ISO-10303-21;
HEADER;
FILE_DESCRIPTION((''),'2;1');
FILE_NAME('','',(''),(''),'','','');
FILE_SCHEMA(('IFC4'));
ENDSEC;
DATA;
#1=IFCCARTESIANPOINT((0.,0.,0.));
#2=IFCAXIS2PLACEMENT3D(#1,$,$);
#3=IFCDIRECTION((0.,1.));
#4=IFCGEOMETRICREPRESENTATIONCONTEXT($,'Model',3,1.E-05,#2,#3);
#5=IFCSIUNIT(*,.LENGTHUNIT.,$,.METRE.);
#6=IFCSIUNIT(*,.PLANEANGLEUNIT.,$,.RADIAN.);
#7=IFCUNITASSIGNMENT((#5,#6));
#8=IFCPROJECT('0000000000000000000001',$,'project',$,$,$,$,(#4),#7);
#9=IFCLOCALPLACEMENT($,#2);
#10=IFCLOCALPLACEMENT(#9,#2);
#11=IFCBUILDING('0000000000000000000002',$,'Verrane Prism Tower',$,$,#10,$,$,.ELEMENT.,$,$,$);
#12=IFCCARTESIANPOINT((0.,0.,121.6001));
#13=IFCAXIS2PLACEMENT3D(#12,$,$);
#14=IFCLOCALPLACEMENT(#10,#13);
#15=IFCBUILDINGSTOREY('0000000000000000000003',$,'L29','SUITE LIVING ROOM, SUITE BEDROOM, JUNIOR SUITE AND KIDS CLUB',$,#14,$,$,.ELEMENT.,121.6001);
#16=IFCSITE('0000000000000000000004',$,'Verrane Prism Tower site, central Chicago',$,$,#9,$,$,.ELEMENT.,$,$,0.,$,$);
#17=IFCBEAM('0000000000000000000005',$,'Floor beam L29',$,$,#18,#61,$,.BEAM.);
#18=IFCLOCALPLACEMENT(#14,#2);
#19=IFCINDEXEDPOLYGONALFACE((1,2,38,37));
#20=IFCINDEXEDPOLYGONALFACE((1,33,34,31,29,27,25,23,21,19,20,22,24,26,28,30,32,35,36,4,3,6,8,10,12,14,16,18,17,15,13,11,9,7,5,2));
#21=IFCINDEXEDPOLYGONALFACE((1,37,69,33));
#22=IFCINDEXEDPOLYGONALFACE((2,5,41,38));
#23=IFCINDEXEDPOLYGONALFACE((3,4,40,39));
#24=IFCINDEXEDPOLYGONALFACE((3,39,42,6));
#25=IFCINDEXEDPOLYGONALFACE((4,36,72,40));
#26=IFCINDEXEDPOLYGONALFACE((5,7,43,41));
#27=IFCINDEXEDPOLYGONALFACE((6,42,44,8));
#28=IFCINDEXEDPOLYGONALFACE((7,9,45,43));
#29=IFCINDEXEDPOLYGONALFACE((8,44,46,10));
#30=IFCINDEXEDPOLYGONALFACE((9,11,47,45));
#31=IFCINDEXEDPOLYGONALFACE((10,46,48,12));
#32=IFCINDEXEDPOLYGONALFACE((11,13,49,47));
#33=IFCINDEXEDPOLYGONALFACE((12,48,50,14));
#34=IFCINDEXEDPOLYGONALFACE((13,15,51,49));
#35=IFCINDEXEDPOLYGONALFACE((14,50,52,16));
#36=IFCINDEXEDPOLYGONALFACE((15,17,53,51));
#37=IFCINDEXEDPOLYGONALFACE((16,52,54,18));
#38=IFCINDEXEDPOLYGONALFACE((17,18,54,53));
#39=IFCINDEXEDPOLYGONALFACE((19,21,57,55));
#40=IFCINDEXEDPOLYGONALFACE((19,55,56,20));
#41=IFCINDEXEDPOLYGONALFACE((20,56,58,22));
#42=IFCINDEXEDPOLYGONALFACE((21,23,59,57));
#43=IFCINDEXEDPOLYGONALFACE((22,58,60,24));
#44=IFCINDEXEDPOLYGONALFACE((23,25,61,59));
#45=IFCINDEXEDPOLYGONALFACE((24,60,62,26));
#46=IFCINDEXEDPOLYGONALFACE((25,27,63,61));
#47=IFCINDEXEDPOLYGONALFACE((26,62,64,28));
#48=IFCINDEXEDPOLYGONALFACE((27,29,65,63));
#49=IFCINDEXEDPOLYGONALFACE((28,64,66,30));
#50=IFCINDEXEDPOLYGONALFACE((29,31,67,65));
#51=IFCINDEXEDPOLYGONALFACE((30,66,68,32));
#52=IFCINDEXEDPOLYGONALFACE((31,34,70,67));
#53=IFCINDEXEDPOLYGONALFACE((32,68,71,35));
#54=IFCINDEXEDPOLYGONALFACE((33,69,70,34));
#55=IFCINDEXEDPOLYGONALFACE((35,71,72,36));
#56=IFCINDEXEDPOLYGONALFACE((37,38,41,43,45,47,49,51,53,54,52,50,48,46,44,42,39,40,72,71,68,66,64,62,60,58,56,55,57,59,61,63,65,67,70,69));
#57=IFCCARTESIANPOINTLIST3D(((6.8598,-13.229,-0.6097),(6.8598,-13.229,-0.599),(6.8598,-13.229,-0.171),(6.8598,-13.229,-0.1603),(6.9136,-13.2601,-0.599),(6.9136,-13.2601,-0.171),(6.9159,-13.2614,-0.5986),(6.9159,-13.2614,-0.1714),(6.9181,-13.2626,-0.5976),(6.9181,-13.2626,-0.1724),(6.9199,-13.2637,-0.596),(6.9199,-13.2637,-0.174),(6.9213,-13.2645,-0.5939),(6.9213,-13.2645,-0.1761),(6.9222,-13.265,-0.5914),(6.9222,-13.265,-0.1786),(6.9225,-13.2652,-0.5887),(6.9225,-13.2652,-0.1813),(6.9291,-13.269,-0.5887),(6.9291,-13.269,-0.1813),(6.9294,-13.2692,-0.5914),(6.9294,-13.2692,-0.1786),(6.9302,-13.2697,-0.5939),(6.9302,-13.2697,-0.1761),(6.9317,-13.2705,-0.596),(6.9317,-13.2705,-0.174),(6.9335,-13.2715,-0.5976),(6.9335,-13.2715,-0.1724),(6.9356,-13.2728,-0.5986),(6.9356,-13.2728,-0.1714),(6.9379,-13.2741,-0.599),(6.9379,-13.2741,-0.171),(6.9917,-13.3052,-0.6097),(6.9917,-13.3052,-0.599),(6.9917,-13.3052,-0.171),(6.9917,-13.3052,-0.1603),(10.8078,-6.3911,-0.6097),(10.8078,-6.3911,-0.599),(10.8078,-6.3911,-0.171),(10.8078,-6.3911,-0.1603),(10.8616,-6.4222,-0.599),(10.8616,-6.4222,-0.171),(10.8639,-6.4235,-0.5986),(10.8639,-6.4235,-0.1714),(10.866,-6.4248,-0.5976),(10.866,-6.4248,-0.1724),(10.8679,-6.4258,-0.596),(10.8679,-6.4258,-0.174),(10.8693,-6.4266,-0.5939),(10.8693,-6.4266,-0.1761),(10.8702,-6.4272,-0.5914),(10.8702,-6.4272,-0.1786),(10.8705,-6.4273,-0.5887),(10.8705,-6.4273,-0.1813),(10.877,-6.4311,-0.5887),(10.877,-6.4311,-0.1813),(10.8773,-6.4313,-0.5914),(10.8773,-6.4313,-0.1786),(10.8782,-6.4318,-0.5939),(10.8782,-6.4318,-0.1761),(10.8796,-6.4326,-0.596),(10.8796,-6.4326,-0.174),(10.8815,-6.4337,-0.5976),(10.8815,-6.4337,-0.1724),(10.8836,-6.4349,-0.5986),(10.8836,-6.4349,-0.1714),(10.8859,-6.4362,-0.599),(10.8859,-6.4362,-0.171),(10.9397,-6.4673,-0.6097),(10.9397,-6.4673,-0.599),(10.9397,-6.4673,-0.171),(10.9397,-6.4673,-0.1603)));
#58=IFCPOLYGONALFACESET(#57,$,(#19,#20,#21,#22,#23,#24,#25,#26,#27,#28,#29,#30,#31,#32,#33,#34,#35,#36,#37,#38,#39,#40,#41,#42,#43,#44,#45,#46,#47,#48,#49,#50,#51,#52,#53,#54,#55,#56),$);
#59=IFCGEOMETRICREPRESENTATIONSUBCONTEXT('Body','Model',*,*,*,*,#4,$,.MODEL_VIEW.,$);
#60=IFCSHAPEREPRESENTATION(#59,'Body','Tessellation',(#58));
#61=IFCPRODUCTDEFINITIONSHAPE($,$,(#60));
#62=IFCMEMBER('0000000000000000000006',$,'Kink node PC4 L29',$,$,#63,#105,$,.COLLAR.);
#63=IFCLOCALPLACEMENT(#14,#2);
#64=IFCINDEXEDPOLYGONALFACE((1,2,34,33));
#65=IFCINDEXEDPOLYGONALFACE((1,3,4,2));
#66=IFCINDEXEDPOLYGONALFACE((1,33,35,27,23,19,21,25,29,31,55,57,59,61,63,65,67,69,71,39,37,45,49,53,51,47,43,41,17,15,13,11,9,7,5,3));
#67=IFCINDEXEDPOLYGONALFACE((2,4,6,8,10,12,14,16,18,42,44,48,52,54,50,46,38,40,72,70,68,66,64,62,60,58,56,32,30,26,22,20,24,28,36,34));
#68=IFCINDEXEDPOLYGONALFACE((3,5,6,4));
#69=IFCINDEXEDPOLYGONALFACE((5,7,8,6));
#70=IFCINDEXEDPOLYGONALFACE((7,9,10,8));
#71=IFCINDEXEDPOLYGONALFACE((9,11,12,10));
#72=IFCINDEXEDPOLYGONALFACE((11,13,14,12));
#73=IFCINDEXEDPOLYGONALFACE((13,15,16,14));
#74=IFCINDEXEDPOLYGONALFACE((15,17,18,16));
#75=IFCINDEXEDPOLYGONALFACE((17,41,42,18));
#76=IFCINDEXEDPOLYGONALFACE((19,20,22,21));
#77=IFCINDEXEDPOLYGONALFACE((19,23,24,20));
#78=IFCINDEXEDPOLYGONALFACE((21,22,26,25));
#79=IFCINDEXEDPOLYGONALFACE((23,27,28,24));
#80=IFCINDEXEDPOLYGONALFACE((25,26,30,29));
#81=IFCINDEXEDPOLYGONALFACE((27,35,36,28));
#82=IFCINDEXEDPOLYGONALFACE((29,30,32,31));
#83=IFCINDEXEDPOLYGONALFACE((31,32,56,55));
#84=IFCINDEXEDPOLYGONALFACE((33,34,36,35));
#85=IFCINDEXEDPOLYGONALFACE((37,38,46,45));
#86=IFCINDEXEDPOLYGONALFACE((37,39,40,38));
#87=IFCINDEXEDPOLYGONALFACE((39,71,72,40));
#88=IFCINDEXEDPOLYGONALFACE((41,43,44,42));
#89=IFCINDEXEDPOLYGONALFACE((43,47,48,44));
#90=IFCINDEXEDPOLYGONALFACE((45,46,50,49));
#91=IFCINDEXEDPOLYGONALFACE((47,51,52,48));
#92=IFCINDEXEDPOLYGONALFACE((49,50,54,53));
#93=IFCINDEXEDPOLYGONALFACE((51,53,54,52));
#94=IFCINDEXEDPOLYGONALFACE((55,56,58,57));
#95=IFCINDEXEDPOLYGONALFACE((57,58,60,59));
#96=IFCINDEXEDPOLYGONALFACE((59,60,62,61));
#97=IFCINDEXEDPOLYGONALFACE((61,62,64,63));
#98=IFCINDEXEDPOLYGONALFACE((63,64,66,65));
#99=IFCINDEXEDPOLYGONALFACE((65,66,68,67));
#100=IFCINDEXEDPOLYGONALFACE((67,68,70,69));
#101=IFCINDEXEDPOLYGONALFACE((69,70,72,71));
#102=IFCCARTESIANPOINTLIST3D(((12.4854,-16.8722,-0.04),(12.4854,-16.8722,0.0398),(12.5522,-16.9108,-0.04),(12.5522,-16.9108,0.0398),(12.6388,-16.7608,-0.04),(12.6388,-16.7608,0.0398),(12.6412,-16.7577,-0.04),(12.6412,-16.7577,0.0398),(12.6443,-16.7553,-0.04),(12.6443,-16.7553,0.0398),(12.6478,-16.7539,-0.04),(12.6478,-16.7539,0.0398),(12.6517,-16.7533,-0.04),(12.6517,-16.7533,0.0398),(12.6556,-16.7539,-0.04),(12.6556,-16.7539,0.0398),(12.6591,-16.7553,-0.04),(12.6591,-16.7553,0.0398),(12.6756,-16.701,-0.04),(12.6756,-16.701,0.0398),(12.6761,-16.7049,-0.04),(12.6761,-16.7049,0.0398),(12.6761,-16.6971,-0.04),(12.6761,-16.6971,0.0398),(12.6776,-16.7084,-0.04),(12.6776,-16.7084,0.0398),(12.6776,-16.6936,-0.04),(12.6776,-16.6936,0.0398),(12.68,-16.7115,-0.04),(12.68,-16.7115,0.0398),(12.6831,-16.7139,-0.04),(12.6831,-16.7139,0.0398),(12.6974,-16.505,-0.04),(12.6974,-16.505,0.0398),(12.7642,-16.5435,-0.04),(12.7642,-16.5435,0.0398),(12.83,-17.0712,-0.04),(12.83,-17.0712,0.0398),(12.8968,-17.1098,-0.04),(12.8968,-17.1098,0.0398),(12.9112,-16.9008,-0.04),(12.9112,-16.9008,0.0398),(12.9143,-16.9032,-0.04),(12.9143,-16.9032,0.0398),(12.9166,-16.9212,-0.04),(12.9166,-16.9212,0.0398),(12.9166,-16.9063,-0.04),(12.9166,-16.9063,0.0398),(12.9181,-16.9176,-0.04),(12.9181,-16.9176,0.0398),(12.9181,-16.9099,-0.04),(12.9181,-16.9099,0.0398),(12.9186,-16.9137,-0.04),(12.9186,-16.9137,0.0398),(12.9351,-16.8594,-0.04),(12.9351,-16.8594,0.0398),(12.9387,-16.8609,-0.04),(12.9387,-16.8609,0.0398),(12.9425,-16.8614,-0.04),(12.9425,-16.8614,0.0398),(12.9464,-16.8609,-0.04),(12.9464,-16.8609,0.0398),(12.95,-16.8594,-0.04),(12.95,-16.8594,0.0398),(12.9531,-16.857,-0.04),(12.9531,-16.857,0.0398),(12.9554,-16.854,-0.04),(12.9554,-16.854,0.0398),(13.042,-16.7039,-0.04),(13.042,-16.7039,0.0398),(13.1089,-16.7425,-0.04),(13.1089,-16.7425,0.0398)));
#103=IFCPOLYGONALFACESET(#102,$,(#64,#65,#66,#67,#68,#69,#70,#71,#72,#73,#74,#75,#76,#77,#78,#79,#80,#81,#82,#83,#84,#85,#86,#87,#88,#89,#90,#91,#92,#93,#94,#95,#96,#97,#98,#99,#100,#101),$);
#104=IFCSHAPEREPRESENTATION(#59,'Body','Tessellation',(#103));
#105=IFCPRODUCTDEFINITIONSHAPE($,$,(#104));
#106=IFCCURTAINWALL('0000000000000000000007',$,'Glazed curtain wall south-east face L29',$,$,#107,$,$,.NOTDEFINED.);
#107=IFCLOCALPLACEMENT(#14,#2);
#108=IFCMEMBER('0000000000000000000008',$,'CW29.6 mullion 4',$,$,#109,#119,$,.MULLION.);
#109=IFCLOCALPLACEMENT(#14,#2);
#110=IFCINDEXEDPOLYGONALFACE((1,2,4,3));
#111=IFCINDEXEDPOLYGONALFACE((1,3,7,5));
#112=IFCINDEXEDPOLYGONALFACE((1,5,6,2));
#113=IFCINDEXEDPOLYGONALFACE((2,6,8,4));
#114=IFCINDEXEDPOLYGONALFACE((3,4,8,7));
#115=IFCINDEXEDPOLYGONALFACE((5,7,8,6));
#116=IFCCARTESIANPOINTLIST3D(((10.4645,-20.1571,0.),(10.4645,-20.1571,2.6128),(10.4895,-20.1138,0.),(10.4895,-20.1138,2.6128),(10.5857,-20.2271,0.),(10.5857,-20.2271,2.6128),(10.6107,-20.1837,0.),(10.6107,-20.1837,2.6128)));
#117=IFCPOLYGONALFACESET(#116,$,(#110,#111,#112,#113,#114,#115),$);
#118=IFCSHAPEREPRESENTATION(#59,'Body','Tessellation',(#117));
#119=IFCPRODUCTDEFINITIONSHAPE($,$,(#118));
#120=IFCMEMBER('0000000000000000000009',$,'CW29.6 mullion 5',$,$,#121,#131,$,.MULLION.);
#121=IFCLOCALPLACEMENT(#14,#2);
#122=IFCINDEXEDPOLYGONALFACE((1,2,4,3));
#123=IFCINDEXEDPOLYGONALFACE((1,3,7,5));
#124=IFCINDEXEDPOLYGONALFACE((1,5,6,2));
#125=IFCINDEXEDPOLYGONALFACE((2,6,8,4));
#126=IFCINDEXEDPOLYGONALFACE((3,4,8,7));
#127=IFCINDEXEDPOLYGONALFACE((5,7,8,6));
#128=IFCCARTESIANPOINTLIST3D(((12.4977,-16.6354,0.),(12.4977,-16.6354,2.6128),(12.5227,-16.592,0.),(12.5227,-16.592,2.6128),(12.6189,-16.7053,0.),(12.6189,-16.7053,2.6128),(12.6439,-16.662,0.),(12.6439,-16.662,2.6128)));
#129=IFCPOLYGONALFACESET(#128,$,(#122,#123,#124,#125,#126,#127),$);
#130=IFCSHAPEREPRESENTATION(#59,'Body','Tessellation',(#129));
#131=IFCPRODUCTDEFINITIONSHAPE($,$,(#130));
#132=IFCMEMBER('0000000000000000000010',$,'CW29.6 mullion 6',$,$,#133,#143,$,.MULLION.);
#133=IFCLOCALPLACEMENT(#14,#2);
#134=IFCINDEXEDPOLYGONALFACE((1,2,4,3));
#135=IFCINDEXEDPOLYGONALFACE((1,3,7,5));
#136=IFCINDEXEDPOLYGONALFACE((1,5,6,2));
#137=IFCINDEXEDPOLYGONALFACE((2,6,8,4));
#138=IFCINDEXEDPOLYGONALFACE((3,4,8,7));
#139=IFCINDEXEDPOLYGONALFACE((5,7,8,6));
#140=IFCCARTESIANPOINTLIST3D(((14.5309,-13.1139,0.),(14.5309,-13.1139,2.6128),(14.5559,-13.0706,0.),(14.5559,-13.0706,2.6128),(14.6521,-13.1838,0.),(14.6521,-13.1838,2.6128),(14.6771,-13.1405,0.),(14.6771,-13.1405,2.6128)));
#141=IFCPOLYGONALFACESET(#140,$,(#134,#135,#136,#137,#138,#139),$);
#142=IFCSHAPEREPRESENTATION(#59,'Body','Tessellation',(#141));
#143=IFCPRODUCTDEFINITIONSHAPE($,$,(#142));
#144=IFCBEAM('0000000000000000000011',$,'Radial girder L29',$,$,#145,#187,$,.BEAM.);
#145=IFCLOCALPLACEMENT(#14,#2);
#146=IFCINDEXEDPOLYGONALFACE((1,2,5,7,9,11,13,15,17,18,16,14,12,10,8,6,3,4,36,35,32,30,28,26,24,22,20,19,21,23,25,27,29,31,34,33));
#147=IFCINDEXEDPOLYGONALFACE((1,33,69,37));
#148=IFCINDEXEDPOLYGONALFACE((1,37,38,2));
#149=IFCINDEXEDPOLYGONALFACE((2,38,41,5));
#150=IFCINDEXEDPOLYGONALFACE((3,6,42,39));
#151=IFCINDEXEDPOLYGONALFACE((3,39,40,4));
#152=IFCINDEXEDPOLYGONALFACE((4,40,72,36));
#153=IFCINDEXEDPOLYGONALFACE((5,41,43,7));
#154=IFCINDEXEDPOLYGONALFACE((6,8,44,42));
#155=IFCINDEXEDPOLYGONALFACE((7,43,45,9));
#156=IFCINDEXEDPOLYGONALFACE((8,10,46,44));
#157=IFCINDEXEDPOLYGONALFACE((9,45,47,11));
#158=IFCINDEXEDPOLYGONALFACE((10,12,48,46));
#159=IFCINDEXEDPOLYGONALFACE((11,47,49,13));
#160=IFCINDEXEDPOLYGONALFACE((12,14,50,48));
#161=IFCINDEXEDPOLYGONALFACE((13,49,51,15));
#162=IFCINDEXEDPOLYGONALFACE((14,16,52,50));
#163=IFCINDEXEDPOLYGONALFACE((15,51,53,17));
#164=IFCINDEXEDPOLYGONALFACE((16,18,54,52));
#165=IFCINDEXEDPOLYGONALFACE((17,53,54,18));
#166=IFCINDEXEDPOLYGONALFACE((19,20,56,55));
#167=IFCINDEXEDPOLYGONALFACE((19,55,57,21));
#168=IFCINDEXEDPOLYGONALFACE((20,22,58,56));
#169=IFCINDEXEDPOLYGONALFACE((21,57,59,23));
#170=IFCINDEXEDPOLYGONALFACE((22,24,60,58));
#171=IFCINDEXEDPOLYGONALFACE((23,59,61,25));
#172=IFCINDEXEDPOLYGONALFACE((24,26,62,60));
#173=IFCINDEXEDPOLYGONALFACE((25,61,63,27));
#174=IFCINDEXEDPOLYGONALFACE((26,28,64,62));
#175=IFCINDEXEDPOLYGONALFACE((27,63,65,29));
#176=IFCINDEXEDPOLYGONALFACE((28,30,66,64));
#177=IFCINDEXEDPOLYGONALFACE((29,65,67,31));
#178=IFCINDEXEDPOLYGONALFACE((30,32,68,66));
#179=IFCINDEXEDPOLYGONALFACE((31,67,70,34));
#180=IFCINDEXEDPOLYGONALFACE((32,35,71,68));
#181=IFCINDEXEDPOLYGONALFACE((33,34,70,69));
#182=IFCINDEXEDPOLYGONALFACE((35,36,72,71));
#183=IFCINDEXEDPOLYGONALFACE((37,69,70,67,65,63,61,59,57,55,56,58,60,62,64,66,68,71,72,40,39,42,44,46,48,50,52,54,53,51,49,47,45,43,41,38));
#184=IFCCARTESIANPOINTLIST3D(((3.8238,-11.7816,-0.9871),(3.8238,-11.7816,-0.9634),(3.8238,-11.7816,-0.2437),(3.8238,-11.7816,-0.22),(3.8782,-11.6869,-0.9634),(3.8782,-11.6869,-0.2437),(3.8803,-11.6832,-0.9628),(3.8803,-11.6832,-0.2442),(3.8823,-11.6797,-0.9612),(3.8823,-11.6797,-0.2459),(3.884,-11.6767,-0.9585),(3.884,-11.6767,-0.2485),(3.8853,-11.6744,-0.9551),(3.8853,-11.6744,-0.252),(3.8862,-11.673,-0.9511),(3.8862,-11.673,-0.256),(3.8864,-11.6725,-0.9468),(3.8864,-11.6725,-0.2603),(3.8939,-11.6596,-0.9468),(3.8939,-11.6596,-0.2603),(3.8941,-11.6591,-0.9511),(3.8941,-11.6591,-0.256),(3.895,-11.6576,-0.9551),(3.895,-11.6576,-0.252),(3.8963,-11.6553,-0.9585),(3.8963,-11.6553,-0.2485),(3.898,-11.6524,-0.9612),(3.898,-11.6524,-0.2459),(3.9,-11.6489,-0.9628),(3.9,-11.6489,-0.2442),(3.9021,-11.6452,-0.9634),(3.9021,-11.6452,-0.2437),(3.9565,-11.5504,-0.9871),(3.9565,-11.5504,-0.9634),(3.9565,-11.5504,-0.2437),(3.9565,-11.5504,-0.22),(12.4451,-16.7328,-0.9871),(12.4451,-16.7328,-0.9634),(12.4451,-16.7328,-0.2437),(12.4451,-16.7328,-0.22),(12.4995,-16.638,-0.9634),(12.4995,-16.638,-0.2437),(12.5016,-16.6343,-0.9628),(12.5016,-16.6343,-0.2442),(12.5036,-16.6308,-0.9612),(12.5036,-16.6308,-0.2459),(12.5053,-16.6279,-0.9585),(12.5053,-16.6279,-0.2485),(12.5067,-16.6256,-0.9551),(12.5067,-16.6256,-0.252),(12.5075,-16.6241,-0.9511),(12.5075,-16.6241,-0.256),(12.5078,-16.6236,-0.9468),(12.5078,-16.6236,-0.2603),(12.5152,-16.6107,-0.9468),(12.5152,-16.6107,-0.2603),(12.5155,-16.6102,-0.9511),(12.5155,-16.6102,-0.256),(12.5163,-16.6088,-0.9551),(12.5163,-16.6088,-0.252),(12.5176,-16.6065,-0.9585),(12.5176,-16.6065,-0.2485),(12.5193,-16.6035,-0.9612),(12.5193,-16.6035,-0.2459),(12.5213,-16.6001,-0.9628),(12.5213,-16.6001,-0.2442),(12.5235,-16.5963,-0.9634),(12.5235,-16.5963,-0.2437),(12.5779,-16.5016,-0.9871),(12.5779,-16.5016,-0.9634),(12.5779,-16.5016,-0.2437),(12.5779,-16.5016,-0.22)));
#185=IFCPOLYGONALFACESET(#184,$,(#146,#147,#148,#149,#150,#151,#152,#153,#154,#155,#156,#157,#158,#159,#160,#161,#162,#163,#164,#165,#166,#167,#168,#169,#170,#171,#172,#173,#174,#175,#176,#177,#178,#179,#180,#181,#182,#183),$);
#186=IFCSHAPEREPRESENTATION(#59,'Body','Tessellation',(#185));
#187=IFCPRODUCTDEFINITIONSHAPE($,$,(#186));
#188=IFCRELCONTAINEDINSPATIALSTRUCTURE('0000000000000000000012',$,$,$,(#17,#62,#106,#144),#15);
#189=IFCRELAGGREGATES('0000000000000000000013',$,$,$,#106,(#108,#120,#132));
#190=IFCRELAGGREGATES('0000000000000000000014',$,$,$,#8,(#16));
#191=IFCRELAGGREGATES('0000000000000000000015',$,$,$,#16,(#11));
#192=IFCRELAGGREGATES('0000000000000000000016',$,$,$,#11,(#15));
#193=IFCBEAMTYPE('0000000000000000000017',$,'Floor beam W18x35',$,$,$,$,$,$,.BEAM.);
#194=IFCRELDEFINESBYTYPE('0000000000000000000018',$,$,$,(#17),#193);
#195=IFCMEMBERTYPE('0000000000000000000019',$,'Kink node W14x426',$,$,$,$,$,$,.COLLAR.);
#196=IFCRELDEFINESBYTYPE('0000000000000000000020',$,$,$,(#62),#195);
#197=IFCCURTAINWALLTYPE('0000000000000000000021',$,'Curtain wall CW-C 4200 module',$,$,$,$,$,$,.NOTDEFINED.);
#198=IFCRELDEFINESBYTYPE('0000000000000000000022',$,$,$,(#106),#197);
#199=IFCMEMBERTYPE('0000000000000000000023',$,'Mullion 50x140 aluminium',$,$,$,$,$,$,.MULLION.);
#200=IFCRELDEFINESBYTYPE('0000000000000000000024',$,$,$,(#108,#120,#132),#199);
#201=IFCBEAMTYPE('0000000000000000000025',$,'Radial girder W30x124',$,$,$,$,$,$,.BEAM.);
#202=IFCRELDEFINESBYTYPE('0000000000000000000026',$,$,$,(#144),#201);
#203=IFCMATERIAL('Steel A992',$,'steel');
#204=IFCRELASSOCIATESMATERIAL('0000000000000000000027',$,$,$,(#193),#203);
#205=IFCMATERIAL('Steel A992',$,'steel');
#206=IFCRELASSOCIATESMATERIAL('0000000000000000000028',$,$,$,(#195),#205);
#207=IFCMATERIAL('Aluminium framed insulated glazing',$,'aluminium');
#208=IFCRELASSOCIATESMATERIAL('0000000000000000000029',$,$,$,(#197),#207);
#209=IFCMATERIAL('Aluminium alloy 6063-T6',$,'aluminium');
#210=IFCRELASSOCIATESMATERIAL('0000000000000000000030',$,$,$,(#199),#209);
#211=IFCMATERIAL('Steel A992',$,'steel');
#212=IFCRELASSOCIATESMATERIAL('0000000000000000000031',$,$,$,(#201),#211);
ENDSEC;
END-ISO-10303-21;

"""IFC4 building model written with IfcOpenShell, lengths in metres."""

from ifc_helpers import new_model, si_unit, direction, frame, origin, origin_2d, place, context, subcontext, project, spatial, rectangle, i_section, extrude, material, material_profile, profile_set, type_object, element, aggregate, save


model = new_model("IFC4")

# Units and contexts
model_context = context("Model", 3, precision=1e-05, world=origin(), true_north=direction((0.0, 1.0)))
body_context = subcontext(model_context, "Body", "Model", "MODEL_VIEW")
ifc_project = project(units=[si_unit("LENGTHUNIT", "METRE"), si_unit("PLANEANGLEUNIT", "RADIAN")], contexts=[model_context])

# Site, building, storey
site_placement = place(None, origin())
site = spatial("IfcSite", under=ifc_project, at=site_placement, Name="Verrane Prism Tower site, central Chicago", CompositionType="ELEMENT", RefElevation=0.0)
building_placement = place(site_placement, origin())
building = spatial("IfcBuilding", under=site, at=building_placement, Name="Verrane Prism Tower", CompositionType="ELEMENT")
storey_placement = place(building_placement, frame((0.0, 0.0, 121.6001)))
storey = spatial("IfcBuildingStorey", under=building, at=storey_placement, Name="L29", Description="SUITE LIVING ROOM, SUITE BEDROOM, JUNIOR SUITE AND KIDS CLUB", CompositionType="ELEMENT", Elevation=121.6001)

# Beam
ifc_material_1 = material(Name="Steel A992", Category="steel")
ifc_material_profile_1 = material_profile(ifc_material_1, i_section(OverallWidth=0.1523, OverallDepth=0.4495, WebThickness=0.0076, FlangeThickness=0.0107, FilletRadius=0.0103, at=origin_2d()), Name="W18x35")
ifc_profile_set_1 = profile_set([ifc_material_profile_1], Name="Steel A992")
beam_type_1 = type_object("IfcBeamType", Name="Floor beam W18x35", PredefinedType="BEAM", material=ifc_profile_set_1)
for number, where, z_axis, x_axis, name in (
    (1, (6.9258, -13.2671, -0.385), (0.500013, 0.866018, 0.0), (-0.866018, 0.500013, 0.0), "Floor beam L29"),
):
    element("IfcBeam", number, at=place(storey_placement, frame(where, z_axis=z_axis, x_axis=x_axis)), inside=storey, type_object=beam_type_1, Name=name, PredefinedType="BEAM", context=body_context, shape_type="SweptSolid", body=[
        extrude(i_section(OverallWidth=0.1523, OverallDepth=0.4495, WebThickness=0.0076, FlangeThickness=0.0107, FilletRadius=0.0103, at=origin_2d()), origin(), (0.0, 0.0, 1.0), 7.8958),
    ])

# Member
ifc_material_2 = material(Name="Steel A992", Category="steel")
ifc_material_profile_2 = material_profile(ifc_material_2, i_section(OverallWidth=0.4241, OverallDepth=0.4751, WebThickness=0.0479, FlangeThickness=0.0771, FilletRadius=0.0149, at=origin_2d()), Name="W14x426")
ifc_profile_set_2 = profile_set([ifc_material_profile_2], Name="Steel A992")
member_type_1 = type_object("IfcMemberType", Name="Kink node W14x426", PredefinedType="COLLAR", material=ifc_profile_set_2)
member_1_placement = place(storey_placement, frame((12.7971, -16.8074, -0.04), z_axis=(0.0, 0.0, 1.0), x_axis=(-0.5, -0.866025, 0.0)))
element("IfcMember", 2, at=member_1_placement, inside=storey, type_object=member_type_1, Name="Kink node PC4 L29", PredefinedType="COLLAR", context=body_context, shape_type="SweptSolid", body=[
    extrude(i_section(OverallWidth=0.4241, OverallDepth=0.4751, WebThickness=0.0479, FlangeThickness=0.0771, FilletRadius=0.0149, at=origin_2d()), origin(), (0.0, 0.0, 1.0), 0.0798),
])

# Curtain wall, members
ifc_material_3 = material(Name="Aluminium framed insulated glazing", Category="aluminium")
curtain_wall_type = type_object("IfcCurtainWallType", Name="Curtain wall CW-C 4200 module", PredefinedType="NOTDEFINED", material=ifc_material_3)
curtain_wall_placement = place(storey_placement, origin())
curtain_wall = element("IfcCurtainWall", 3, at=curtain_wall_placement, inside=storey, type_object=curtain_wall_type, Name="Glazed curtain wall south-east face L29", PredefinedType="NOTDEFINED")
ifc_material_4 = material(Name="Aluminium alloy 6063-T6", Category="aluminium")
ifc_material_profile_3 = material_profile(ifc_material_4, rectangle(XDim=0.1399, YDim=0.05, at=origin_2d()), Name="Mullion 50x140 aluminium")
ifc_profile_set_3 = profile_set([ifc_material_profile_3], Name="Aluminium alloy 6063-T6")
member_type_2 = type_object("IfcMemberType", Name="Mullion 50x140 aluminium", PredefinedType="MULLION", material=ifc_profile_set_3)
member_2_placement = place(storey_placement, frame((10.5376, -20.1704, 0.0), z_axis=(0.0, 0.0, 1.0), x_axis=(-0.866025, 0.5, 0.0)))
member_2 = element("IfcMember", 4, at=member_2_placement, type_object=member_type_2, Name="CW29.6 mullion 4", PredefinedType="MULLION", context=body_context, shape_type="SweptSolid", body=[
    extrude(rectangle(XDim=0.1399, YDim=0.05, at=origin_2d()), origin(), (0.0, 0.0, 1.0), 2.6128),
])
member_3_placement = place(storey_placement, frame((12.5708, -16.6487, 0.0), z_axis=(0.0, 0.0, 1.0), x_axis=(-0.866025, 0.5, 0.0)))
member_3 = element("IfcMember", 5, at=member_3_placement, type_object=member_type_2, Name="CW29.6 mullion 5", PredefinedType="MULLION", context=body_context, shape_type="SweptSolid", body=[
    extrude(rectangle(XDim=0.1399, YDim=0.05, at=origin_2d()), origin(), (0.0, 0.0, 1.0), 2.6128),
])
member_4_placement = place(storey_placement, frame((14.604, -13.1272, 0.0), z_axis=(0.0, 0.0, 1.0), x_axis=(-0.866025, 0.5, 0.0)))
member_4 = element("IfcMember", 6, at=member_4_placement, type_object=member_type_2, Name="CW29.6 mullion 6", PredefinedType="MULLION", context=body_context, shape_type="SweptSolid", body=[
    extrude(rectangle(XDim=0.1399, YDim=0.05, at=origin_2d()), origin(), (0.0, 0.0, 1.0), 2.6128),
])

# Beam
ifc_material_5 = material(Name="Steel A992", Category="steel")
ifc_material_profile_4 = material_profile(ifc_material_5, i_section(OverallWidth=0.2666, OverallDepth=0.7671, WebThickness=0.0149, FlangeThickness=0.0237, FilletRadius=0.0166, at=origin_2d()), Name="W30x124")
ifc_profile_set_4 = profile_set([ifc_material_profile_4], Name="Steel A992")
beam_type_2 = type_object("IfcBeamType", Name="Radial girder W30x124", PredefinedType="BEAM", material=ifc_profile_set_4)
beam_1_placement = place(storey_placement, frame((12.5115, -16.6172, -0.6035), z_axis=(-0.867171, 0.49801, 0.0), x_axis=(-0.49801, -0.867171, 0.0)))
element("IfcBeam", 7, at=beam_1_placement, inside=storey, type_object=beam_type_2, Name="Radial girder L29", PredefinedType="BEAM", context=body_context, shape_type="SweptSolid", body=[
    extrude(i_section(OverallWidth=0.2666, OverallDepth=0.7671, WebThickness=0.0149, FlangeThickness=0.0237, FilletRadius=0.0166, at=origin_2d()), origin(), (0.0, 0.0, 1.0), 9.9419),
])

aggregate(curtain_wall, [member_2, member_3, member_4])

save(model, "model.ifc")
